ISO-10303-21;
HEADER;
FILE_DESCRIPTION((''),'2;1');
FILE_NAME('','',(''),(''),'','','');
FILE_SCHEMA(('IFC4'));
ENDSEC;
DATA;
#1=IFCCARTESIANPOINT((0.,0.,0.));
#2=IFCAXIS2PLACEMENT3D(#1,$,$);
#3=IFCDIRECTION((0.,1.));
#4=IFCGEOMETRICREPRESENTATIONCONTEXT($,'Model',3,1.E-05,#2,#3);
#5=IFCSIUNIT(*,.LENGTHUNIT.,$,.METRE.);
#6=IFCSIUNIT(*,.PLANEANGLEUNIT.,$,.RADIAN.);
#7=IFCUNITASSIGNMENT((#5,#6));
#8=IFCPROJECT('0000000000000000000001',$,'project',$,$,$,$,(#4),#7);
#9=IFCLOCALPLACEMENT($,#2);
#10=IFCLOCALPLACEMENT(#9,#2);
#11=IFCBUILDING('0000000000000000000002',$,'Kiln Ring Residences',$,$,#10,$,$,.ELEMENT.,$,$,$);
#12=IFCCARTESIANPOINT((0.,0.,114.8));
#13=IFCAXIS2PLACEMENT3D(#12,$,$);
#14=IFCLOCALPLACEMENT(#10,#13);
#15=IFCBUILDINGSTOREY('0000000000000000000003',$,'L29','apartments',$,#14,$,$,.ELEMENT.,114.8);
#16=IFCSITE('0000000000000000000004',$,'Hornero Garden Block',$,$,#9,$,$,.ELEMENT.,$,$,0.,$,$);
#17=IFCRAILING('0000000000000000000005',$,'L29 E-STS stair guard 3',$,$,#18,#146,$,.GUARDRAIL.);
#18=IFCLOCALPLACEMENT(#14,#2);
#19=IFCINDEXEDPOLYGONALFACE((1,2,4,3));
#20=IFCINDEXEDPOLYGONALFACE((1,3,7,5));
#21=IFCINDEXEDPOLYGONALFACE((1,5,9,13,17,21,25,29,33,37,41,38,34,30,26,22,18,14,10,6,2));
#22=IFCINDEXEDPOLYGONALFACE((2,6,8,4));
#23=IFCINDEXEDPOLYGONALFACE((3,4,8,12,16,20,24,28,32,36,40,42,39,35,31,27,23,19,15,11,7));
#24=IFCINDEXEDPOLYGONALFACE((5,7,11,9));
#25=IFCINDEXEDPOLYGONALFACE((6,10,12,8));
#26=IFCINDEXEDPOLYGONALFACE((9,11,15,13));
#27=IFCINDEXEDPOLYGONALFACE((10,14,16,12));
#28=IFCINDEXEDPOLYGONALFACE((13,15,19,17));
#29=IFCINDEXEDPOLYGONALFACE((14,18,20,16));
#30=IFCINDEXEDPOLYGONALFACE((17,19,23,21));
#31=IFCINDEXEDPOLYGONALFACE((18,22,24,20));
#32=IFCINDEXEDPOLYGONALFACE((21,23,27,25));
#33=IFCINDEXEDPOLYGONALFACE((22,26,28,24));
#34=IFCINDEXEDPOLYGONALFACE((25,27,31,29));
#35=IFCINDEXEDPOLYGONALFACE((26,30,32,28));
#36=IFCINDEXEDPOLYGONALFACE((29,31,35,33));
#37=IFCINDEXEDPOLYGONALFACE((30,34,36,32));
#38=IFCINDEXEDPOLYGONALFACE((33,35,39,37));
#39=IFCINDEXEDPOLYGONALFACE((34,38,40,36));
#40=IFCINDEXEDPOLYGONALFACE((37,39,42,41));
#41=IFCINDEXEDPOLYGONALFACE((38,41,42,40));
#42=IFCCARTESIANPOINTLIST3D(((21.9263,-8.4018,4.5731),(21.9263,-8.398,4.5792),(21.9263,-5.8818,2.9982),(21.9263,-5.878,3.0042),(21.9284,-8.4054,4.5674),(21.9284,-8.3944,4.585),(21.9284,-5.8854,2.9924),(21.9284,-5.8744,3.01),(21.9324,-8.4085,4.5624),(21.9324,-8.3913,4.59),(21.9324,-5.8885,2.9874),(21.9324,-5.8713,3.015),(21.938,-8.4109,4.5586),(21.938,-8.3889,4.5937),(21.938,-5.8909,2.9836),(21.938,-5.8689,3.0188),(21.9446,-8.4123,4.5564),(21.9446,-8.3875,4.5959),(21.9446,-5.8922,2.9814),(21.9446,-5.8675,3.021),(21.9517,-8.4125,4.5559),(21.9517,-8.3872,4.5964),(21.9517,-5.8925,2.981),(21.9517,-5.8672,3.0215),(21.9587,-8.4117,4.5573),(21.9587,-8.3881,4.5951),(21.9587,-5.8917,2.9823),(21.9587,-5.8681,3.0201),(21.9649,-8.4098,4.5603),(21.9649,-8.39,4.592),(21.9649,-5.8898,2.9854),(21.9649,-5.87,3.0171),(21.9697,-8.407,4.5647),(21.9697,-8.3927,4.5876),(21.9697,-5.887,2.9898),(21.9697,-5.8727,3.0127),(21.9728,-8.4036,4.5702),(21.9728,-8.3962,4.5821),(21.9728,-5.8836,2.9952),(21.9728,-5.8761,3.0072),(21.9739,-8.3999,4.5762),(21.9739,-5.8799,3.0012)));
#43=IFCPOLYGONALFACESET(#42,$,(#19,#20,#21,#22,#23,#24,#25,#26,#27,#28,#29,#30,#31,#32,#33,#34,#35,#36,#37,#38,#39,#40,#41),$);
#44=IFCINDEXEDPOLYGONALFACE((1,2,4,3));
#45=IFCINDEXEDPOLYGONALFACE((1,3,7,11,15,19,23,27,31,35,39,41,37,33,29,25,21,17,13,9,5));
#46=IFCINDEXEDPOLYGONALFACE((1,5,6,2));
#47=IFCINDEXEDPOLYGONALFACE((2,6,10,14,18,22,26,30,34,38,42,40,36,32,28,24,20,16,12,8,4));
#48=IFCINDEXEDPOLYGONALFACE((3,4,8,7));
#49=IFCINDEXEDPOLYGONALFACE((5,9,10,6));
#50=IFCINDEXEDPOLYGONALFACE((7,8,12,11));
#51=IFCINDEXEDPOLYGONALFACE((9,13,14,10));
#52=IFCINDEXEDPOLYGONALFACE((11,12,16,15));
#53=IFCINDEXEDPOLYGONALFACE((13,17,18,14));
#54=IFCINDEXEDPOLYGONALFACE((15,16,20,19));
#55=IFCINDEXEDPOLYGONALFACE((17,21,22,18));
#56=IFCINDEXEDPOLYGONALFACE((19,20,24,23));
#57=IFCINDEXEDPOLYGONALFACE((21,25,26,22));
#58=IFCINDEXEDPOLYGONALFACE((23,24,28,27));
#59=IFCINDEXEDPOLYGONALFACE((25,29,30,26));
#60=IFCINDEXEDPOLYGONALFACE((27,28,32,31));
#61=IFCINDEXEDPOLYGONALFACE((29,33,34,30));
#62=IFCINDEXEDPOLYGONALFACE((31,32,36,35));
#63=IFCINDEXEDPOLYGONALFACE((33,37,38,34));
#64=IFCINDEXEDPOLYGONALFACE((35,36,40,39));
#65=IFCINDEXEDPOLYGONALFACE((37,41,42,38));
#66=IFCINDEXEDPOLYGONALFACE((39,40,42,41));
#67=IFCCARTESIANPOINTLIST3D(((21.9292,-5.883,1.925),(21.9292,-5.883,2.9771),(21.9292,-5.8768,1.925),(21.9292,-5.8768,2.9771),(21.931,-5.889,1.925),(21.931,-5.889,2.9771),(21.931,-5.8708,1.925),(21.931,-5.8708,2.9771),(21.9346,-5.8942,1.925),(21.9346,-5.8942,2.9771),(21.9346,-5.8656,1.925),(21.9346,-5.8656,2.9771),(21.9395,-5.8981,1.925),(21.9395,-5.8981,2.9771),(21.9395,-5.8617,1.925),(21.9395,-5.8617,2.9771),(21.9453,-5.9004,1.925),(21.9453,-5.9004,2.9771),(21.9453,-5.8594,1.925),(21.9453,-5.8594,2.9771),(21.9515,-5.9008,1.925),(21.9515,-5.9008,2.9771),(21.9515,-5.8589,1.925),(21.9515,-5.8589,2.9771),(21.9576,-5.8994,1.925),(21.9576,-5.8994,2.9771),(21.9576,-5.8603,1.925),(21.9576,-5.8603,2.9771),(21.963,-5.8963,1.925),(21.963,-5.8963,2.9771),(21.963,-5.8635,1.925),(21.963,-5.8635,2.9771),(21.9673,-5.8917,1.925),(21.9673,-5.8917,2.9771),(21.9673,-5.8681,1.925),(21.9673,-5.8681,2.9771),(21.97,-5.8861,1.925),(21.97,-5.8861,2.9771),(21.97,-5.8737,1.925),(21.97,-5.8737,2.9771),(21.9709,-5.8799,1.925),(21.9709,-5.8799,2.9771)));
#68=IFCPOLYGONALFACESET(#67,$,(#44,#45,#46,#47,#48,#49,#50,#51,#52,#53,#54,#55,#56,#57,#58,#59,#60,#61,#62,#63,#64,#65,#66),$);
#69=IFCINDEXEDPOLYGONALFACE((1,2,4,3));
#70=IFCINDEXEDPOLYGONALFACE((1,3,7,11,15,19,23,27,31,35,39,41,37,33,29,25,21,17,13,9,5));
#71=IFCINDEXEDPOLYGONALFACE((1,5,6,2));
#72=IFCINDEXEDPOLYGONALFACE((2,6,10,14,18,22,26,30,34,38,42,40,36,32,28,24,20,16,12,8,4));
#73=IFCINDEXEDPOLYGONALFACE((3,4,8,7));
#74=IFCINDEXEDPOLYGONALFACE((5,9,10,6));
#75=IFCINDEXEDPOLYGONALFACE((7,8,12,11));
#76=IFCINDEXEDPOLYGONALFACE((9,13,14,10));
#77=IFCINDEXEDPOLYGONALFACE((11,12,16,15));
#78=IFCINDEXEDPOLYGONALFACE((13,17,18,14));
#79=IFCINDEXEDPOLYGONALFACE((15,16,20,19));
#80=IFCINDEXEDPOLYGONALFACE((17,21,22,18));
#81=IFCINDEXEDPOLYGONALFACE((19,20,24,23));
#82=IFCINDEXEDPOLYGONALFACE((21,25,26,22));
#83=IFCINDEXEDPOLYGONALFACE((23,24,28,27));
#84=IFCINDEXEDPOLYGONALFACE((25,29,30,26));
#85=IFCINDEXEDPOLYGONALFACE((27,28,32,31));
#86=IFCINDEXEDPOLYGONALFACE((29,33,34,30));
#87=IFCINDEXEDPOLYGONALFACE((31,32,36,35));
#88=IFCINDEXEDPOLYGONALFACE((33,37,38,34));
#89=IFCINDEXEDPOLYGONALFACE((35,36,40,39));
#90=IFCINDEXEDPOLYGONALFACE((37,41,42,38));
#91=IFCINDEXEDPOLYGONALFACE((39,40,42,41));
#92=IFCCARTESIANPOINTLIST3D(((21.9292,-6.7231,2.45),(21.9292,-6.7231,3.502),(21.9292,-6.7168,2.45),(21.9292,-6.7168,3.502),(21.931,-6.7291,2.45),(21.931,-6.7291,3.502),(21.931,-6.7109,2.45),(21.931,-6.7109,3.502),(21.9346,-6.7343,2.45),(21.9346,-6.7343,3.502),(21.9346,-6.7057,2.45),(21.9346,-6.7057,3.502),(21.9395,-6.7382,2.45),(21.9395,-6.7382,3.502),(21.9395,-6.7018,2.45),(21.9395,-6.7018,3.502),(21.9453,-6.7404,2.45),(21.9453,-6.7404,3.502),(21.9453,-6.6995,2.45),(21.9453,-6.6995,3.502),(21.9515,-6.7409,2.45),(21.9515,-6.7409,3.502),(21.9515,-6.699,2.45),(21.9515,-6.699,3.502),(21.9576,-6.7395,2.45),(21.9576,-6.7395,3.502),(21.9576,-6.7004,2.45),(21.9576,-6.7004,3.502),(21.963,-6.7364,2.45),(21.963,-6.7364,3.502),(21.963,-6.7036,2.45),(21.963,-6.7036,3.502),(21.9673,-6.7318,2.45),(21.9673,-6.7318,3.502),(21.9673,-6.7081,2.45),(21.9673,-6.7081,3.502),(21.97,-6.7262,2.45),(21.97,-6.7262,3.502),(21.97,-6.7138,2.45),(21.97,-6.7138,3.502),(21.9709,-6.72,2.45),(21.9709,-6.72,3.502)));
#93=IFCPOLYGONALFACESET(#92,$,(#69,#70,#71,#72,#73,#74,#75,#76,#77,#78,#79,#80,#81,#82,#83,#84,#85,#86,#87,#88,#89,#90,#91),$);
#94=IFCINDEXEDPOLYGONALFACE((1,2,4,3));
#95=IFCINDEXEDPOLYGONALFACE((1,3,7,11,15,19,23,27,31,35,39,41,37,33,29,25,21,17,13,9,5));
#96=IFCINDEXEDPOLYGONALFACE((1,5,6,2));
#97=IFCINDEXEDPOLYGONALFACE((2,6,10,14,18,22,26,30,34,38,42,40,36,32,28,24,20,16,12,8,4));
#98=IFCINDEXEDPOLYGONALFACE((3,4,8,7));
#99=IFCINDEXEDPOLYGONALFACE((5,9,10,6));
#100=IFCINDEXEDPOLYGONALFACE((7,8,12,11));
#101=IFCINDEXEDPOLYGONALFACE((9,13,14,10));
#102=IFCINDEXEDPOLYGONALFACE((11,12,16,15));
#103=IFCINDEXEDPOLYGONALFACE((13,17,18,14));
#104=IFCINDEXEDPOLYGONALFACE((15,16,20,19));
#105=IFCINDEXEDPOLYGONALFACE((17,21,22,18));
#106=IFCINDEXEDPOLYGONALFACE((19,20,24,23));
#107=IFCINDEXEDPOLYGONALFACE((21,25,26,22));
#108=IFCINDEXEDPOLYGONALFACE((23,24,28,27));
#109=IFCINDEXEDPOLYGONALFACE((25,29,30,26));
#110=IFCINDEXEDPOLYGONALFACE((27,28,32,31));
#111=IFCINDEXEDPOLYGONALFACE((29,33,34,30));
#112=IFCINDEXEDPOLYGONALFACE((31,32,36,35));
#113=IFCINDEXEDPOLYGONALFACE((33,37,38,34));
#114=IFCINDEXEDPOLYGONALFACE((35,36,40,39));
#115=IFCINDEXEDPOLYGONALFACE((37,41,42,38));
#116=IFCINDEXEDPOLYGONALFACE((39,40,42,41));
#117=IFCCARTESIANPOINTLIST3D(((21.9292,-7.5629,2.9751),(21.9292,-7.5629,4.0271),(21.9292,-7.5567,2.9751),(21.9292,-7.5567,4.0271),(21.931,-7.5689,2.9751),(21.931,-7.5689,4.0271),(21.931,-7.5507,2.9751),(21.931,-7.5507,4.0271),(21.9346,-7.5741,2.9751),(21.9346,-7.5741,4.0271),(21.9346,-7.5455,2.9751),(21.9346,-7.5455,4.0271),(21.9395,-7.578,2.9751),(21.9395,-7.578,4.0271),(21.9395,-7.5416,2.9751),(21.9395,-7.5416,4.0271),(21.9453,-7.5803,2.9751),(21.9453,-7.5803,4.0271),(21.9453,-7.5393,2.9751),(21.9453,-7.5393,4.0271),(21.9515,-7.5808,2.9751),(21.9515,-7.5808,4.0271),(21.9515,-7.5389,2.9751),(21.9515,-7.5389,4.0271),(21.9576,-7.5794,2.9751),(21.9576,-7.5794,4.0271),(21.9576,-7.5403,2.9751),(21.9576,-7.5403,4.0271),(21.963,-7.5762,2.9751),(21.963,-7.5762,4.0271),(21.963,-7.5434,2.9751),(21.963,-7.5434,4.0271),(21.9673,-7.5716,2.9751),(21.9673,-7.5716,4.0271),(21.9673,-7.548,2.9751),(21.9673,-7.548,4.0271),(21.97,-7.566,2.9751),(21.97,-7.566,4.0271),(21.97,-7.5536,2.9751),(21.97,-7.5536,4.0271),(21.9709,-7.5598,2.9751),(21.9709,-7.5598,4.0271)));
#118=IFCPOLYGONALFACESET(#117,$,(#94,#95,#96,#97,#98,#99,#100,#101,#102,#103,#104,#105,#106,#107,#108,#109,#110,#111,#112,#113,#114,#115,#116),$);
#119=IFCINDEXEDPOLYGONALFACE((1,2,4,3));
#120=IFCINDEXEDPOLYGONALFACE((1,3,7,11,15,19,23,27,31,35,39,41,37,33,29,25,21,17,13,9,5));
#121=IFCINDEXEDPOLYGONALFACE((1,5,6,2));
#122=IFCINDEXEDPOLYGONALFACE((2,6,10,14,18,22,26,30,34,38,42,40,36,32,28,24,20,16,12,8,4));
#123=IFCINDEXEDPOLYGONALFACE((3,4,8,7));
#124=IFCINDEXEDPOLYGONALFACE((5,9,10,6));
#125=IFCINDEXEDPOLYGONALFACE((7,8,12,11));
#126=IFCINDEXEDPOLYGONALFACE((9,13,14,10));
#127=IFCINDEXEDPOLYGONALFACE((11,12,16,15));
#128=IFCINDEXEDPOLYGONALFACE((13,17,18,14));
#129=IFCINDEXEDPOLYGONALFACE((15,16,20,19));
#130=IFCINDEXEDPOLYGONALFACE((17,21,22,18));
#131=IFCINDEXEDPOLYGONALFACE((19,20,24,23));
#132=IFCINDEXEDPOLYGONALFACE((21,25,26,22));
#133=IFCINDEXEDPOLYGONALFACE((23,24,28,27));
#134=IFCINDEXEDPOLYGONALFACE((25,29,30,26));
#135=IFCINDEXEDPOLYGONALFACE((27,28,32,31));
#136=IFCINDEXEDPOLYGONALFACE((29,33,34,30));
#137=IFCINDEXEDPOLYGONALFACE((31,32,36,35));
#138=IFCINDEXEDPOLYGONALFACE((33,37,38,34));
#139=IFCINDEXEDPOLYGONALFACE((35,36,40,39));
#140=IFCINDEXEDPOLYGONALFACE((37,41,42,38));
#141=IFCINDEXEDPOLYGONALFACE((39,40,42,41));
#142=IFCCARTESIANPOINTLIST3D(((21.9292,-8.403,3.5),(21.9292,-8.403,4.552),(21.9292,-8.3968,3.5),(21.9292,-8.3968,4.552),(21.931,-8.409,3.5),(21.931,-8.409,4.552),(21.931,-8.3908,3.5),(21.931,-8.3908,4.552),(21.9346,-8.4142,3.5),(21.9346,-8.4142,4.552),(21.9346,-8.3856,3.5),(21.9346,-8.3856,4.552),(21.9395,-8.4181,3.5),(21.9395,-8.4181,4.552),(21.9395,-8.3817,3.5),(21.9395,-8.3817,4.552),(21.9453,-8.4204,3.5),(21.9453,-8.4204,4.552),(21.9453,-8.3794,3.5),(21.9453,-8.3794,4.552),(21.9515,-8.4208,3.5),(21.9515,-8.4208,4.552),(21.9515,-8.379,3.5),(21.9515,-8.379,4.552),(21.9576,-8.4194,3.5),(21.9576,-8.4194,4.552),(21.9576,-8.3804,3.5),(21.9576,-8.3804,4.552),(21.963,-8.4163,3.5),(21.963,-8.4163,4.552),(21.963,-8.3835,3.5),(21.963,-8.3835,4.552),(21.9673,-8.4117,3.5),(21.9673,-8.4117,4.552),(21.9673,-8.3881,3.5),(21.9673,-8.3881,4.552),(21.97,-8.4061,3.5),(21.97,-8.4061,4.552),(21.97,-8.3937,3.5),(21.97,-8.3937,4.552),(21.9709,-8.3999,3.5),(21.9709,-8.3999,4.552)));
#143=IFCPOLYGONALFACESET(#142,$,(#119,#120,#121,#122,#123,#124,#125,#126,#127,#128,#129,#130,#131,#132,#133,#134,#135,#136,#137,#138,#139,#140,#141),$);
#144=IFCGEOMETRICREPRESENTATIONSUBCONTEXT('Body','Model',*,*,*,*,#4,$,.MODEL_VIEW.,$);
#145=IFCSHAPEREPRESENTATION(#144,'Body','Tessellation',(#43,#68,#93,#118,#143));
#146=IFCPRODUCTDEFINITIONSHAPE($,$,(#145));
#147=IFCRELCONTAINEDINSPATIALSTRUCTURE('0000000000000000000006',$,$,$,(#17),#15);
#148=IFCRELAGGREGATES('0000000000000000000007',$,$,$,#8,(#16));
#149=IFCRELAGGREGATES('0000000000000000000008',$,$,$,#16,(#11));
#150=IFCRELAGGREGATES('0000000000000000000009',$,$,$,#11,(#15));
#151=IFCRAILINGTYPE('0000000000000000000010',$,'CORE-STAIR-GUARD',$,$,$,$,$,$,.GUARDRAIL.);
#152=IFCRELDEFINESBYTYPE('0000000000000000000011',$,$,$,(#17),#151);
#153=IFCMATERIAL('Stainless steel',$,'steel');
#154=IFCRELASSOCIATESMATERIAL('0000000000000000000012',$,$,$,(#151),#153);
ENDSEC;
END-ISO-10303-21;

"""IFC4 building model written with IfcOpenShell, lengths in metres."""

from ifc_helpers import new_model, si_unit, direction, frame, origin, origin_2d, place, context, subcontext, project, spatial, circle, extrude, material, type_object, element, save


model = new_model("IFC4")

# Units and contexts
model_context = context("Model", 3, precision=1e-05, world=origin(), true_north=direction((0.0, 1.0)))
body_context = subcontext(model_context, "Body", "Model", "MODEL_VIEW")
ifc_project = project(units=[si_unit("LENGTHUNIT", "METRE"), si_unit("PLANEANGLEUNIT", "RADIAN")], contexts=[model_context])

# Site, building, storey
site_placement = place(None, origin())
site = spatial("IfcSite", under=ifc_project, at=site_placement, Name="Hornero Garden Block", CompositionType="ELEMENT", RefElevation=0.0)
building_placement = place(site_placement, origin())
building = spatial("IfcBuilding", under=site, at=building_placement, Name="Kiln Ring Residences", CompositionType="ELEMENT")
storey_placement = place(building_placement, frame((0.0, 0.0, 114.8)))
storey = spatial("IfcBuildingStorey", under=building, at=storey_placement, Name="L29", Description="apartments", CompositionType="ELEMENT", Elevation=114.8)

# Railing
ifc_material_1 = material(Name="Stainless steel", Category="steel")
railing_type_1 = type_object("IfcRailingType", Name="CORE-STAIR-GUARD", PredefinedType="GUARDRAIL", material=ifc_material_1)
railing_1_placement = place(storey_placement, frame((21.95, -5.8799, 1.925)))
element("IfcRailing", 1, at=railing_1_placement, inside=storey, type_object=railing_type_1, Name="L29 E-STS stair guard 3", PredefinedType="GUARDRAIL", context=body_context, shape_type="SweptSolid", body=[
    extrude(circle(Radius=0.0239, at=origin_2d()), frame((0.0, 0.0, 1.0762), z_axis=(0.0, -0.848008, 0.529984), x_axis=(1.0, 0.0, 0.0)), (0.0, 0.0, 1.0), 2.9717),
    extrude(circle(Radius=0.021, at=origin_2d()), origin(), (0.0, 0.0, 1.0), 1.052),
    extrude(circle(Radius=0.021, at=origin_2d()), frame((0.0, -0.8401, 0.5249)), (0.0, 0.0, 1.0), 1.052),
    extrude(circle(Radius=0.021, at=origin_2d()), frame((0.0, -1.6799, 1.05)), (0.0, 0.0, 1.0), 1.052),
    extrude(circle(Radius=0.021, at=origin_2d()), frame((0.0, -2.52, 1.575)), (0.0, 0.0, 1.0), 1.052),
])

save(model, "model.ifc")
